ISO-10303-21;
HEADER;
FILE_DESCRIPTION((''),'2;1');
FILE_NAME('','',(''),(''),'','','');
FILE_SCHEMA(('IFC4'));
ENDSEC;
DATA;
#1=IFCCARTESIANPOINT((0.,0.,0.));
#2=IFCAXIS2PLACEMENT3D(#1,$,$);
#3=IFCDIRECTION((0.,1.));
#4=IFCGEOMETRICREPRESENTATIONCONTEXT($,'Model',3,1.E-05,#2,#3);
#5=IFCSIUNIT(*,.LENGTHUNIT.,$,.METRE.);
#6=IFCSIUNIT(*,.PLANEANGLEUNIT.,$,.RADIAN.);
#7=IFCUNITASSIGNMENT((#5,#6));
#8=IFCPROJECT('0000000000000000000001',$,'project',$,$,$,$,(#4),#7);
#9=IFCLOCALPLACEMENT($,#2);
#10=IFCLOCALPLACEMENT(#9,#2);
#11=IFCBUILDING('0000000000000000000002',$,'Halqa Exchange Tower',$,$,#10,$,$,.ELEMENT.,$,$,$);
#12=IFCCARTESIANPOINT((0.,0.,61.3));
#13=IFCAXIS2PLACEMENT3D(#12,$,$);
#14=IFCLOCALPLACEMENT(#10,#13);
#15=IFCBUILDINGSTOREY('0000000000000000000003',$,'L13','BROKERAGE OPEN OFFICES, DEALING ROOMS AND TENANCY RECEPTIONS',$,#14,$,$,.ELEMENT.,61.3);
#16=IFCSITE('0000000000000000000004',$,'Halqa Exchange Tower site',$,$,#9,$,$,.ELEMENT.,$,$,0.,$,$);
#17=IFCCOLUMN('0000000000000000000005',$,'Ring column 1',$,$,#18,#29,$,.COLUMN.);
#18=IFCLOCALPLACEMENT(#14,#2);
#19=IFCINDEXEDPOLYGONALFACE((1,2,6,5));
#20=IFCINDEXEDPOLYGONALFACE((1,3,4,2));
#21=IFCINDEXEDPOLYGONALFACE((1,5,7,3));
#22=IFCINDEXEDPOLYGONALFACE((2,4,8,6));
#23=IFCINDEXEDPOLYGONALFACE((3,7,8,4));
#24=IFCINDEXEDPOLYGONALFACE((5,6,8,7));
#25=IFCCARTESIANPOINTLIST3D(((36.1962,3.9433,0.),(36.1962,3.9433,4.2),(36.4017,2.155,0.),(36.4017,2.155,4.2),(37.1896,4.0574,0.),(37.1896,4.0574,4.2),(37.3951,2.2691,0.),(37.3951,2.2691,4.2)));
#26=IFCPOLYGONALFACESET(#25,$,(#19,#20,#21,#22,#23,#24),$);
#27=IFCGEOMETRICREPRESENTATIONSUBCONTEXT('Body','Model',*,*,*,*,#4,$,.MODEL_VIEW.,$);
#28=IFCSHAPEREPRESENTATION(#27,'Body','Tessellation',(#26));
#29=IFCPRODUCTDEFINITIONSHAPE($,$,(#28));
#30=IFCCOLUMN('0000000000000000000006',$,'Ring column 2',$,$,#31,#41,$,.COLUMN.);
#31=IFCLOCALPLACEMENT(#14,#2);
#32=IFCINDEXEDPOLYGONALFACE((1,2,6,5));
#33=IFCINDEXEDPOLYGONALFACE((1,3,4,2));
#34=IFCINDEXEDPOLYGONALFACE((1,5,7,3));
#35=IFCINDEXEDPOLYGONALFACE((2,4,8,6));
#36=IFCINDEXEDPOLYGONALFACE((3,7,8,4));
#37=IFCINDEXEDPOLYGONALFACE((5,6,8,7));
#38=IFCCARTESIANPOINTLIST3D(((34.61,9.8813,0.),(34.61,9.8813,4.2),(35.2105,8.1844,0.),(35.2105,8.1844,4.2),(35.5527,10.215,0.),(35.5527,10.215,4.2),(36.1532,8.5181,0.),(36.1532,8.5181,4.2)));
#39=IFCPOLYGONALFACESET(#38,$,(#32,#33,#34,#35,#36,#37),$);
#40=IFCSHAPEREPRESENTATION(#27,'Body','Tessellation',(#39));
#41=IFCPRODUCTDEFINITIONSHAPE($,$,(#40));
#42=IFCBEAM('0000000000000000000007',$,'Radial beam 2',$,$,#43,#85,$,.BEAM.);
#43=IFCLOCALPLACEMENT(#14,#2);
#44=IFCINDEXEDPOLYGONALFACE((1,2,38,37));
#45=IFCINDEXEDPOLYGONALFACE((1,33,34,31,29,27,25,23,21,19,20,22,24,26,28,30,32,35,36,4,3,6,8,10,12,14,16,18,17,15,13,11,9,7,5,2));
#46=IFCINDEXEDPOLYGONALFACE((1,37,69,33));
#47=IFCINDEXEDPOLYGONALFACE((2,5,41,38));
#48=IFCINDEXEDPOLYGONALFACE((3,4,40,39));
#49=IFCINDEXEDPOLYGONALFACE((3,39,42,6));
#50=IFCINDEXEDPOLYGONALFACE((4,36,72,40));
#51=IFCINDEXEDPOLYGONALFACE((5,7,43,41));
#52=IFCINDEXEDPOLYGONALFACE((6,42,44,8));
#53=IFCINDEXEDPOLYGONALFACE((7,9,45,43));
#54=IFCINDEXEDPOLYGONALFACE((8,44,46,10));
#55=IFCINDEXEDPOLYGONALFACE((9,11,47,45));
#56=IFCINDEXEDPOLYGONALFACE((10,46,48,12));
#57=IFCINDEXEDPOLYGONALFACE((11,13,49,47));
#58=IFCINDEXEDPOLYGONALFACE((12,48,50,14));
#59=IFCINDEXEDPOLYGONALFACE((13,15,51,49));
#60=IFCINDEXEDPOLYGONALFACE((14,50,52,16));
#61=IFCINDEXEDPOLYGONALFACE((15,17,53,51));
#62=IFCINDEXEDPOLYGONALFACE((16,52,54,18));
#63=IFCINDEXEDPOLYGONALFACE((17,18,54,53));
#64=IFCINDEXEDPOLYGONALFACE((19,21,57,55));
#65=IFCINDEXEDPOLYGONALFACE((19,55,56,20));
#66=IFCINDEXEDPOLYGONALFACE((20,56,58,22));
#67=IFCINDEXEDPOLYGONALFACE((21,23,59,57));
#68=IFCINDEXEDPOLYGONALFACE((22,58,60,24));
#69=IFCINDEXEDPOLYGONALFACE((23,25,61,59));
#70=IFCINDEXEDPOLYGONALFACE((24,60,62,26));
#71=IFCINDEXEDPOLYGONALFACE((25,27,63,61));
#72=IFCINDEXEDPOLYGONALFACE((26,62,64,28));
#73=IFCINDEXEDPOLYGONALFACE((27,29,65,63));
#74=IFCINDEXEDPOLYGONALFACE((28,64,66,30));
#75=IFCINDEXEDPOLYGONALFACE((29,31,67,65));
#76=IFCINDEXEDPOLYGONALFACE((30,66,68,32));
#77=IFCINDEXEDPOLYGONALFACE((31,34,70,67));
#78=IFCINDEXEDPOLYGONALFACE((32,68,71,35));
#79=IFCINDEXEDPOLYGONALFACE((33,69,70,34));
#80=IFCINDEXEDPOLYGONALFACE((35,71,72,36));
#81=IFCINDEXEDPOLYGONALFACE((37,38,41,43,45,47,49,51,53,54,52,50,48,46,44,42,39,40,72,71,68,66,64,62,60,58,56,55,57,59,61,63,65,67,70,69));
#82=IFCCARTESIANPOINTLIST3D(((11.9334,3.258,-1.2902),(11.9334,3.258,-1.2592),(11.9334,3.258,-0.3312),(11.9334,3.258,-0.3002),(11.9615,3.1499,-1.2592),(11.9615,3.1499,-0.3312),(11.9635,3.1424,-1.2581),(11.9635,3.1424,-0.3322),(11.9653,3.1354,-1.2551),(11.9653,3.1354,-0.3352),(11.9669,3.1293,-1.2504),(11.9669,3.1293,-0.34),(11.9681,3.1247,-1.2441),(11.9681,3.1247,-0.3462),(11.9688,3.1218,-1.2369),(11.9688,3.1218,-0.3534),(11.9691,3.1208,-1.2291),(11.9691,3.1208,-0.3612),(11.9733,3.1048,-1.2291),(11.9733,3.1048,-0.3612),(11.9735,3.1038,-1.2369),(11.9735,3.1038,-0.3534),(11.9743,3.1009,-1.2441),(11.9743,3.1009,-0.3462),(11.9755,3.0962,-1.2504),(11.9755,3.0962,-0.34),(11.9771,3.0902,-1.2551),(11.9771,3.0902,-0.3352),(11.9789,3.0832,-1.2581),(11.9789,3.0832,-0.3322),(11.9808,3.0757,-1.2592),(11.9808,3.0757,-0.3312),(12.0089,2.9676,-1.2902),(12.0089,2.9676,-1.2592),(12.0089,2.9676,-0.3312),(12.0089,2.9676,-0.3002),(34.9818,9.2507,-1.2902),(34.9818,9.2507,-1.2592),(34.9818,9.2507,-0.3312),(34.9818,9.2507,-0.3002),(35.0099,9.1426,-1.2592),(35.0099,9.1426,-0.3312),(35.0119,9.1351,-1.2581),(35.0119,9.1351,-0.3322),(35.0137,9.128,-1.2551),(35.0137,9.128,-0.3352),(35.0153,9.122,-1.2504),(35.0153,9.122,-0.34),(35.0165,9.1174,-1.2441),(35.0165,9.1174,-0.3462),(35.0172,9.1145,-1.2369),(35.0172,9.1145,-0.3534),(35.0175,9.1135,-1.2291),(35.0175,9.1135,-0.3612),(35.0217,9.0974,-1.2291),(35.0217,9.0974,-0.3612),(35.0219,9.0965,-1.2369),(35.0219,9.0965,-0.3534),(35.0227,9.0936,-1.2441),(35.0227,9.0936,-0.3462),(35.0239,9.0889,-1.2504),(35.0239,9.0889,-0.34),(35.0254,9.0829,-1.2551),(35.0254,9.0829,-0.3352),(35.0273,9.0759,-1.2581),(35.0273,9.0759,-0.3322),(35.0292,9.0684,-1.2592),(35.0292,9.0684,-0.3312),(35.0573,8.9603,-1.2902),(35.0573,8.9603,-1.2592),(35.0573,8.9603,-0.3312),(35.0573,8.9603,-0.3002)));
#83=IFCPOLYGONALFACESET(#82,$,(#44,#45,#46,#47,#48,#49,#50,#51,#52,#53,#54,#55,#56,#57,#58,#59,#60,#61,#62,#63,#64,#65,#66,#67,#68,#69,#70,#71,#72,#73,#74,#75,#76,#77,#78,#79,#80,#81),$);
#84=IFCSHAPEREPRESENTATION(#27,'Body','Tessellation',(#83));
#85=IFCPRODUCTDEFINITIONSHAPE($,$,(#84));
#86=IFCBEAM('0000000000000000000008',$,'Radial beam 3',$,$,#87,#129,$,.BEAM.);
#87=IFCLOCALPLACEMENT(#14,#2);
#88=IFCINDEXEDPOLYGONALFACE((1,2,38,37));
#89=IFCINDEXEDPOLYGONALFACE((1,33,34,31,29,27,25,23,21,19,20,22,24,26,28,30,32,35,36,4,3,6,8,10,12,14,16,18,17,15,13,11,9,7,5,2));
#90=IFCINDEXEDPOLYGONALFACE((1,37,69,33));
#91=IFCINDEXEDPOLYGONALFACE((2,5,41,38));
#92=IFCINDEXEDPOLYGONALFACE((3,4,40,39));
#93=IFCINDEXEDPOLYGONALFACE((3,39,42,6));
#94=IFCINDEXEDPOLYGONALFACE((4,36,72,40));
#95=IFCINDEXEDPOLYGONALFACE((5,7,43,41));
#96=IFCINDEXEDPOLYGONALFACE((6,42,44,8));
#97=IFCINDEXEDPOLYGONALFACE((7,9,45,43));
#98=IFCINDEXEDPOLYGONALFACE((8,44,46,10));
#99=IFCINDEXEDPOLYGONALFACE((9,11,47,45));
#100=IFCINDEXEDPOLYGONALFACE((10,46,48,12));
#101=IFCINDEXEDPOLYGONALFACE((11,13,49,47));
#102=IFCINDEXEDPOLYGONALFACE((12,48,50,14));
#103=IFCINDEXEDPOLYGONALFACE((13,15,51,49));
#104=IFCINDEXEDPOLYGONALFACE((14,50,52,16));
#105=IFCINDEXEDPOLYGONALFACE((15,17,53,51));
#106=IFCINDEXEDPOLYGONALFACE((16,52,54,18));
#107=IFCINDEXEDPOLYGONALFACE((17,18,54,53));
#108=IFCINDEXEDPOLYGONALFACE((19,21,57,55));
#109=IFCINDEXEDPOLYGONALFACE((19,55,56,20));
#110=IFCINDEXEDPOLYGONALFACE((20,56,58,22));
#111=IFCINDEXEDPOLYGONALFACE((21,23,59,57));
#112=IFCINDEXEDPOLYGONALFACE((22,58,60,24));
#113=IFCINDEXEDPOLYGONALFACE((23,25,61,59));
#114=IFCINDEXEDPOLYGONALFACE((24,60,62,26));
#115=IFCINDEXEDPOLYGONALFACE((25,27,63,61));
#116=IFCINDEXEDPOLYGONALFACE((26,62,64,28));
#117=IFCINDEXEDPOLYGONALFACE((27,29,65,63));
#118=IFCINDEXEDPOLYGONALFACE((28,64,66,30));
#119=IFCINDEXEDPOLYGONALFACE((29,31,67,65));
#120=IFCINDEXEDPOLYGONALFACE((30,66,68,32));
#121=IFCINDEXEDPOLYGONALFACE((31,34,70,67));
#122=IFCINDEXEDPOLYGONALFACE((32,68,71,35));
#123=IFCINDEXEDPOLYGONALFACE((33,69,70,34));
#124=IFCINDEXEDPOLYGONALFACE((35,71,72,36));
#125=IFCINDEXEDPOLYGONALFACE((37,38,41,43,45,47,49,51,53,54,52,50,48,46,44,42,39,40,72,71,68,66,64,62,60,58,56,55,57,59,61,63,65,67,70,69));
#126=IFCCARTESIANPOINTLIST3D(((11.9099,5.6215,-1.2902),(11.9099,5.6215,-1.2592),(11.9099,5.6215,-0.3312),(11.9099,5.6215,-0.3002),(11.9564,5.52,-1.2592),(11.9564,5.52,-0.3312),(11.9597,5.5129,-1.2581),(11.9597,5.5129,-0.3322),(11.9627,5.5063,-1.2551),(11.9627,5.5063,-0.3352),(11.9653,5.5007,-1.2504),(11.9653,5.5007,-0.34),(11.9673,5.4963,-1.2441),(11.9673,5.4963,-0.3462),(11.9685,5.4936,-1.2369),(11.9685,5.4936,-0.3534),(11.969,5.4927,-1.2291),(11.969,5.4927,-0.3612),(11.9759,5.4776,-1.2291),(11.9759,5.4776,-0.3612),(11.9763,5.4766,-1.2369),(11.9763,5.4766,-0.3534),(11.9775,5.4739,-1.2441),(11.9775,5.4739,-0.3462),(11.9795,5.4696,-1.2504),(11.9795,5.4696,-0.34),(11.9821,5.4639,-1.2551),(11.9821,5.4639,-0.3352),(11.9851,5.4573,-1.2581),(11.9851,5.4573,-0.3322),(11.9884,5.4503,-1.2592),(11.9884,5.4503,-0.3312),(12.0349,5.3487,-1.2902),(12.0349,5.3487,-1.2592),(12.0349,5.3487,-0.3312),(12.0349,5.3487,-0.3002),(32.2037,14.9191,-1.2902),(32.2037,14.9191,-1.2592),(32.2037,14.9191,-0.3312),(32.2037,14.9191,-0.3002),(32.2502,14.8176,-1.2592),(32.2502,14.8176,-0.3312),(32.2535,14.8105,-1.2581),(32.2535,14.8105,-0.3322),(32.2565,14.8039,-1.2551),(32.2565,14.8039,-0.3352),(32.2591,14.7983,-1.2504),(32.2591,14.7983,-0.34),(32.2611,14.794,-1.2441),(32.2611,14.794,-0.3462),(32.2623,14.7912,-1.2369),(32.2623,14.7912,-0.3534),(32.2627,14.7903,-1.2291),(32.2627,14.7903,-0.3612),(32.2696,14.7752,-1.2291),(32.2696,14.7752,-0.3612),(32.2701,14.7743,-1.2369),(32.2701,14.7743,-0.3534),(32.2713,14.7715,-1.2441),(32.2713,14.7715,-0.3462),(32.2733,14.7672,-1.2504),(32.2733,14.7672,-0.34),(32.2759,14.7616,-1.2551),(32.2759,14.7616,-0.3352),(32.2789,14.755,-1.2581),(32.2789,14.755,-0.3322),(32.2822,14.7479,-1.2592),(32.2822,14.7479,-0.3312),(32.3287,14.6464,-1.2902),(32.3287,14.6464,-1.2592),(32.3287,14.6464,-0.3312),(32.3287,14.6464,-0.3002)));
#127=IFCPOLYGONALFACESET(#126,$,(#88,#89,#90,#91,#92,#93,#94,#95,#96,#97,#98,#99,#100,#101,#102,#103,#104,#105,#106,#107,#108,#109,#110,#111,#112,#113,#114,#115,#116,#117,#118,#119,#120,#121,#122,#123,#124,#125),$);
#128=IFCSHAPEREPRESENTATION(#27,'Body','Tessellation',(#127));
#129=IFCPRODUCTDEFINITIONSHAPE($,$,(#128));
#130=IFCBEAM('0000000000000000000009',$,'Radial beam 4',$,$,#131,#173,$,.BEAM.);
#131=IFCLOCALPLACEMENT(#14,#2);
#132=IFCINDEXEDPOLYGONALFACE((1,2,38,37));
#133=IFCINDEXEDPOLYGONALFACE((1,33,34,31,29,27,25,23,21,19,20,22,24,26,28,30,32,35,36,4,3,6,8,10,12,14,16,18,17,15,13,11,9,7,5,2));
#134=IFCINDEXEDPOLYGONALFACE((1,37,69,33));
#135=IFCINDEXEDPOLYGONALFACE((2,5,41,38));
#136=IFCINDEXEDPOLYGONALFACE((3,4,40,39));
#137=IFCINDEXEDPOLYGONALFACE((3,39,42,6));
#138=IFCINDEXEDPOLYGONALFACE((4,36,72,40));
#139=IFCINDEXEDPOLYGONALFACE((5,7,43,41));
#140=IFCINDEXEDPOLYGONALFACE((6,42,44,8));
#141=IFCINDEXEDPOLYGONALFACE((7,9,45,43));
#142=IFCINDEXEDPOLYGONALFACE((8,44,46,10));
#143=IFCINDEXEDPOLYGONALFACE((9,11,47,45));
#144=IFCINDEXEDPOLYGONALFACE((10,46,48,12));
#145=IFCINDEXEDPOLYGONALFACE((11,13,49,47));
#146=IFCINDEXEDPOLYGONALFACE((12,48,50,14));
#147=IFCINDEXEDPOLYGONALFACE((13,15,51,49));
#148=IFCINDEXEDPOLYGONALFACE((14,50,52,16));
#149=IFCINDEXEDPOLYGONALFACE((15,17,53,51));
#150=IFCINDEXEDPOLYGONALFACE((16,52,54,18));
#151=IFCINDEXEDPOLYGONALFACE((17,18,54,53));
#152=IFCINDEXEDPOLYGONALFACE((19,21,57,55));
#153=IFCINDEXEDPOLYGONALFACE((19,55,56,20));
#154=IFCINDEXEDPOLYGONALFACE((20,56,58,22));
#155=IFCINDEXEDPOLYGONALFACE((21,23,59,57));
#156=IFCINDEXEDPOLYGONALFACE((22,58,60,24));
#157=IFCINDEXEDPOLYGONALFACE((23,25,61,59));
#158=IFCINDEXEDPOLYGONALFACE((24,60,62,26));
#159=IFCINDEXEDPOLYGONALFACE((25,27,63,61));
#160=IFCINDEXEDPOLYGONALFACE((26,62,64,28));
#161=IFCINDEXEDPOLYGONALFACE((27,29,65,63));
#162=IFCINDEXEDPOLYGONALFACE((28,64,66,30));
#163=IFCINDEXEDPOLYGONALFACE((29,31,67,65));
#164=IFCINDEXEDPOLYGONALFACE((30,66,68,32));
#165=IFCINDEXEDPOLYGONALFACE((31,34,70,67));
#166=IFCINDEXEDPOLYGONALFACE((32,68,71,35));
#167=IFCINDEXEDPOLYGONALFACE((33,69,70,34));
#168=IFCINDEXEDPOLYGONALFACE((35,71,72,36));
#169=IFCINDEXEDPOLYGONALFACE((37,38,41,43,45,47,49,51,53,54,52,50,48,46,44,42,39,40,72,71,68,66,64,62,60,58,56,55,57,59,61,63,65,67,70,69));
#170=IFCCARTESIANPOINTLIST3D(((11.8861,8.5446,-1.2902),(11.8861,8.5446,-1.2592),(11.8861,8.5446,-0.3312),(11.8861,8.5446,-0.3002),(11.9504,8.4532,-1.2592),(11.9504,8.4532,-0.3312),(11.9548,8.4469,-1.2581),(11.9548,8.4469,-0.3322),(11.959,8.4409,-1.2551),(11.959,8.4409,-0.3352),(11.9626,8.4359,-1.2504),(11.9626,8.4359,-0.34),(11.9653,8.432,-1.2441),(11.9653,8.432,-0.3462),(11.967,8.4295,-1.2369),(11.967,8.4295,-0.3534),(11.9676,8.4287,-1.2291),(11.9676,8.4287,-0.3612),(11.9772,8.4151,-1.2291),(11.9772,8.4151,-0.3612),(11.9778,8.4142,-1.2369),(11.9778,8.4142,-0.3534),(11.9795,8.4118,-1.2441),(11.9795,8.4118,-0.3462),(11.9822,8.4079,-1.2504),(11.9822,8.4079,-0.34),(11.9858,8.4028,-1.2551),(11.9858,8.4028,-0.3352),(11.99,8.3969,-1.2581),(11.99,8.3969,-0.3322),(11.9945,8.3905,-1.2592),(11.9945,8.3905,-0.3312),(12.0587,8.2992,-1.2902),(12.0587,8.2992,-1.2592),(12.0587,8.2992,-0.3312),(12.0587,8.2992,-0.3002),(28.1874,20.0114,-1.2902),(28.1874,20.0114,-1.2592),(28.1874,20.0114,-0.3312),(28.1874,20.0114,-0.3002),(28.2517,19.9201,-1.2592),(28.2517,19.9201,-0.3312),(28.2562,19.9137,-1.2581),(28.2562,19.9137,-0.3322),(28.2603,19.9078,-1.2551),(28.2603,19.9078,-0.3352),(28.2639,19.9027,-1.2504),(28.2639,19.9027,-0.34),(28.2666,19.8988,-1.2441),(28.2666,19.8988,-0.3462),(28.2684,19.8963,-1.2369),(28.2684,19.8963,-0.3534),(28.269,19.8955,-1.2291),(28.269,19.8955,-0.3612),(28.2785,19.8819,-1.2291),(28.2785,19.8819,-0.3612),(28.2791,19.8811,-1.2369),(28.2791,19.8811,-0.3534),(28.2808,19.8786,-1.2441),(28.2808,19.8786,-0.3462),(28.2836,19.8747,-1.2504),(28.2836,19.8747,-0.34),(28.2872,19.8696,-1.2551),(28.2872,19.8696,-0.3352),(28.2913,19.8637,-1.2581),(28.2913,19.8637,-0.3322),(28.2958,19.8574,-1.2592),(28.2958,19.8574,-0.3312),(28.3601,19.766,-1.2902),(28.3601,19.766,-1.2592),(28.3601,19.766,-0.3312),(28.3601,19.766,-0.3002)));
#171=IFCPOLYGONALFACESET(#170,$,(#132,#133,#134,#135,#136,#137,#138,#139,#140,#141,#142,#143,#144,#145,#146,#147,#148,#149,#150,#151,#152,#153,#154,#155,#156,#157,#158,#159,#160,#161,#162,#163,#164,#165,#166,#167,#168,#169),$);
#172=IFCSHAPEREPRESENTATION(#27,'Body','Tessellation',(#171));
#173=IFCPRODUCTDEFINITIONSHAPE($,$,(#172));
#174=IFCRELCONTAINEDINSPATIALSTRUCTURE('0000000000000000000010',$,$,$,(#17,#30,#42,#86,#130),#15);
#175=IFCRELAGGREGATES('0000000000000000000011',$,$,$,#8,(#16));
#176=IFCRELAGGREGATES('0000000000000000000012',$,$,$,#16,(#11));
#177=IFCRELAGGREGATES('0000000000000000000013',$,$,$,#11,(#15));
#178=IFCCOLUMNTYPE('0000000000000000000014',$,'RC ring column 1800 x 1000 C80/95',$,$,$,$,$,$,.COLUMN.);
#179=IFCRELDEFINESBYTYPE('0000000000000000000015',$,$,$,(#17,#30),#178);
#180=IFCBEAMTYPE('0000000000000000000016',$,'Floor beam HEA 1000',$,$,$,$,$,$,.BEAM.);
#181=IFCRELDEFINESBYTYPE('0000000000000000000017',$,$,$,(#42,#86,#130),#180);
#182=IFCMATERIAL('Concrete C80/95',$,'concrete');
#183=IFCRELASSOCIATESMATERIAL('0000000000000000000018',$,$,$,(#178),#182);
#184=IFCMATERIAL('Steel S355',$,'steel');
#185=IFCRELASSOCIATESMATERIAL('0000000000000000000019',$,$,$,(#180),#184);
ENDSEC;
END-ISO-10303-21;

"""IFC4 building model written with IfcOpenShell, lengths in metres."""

from ifc_helpers import new_model, si_unit, direction, frame, origin, origin_2d, place, context, subcontext, project, spatial, rectangle, i_section, extrude, material, material_profile, profile_set, type_object, element, save


model = new_model("IFC4")

# Units and contexts
model_context = context("Model", 3, precision=1e-05, world=origin(), true_north=direction((0.0, 1.0)))
body_context = subcontext(model_context, "Body", "Model", "MODEL_VIEW")
ifc_project = project(units=[si_unit("LENGTHUNIT", "METRE"), si_unit("PLANEANGLEUNIT", "RADIAN")], contexts=[model_context])

# Site, building, storey
site_placement = place(None, origin())
site = spatial("IfcSite", under=ifc_project, at=site_placement, Name="Halqa Exchange Tower site", CompositionType="ELEMENT", RefElevation=0.0)
building_placement = place(site_placement, origin())
building = spatial("IfcBuilding", under=site, at=building_placement, Name="Halqa Exchange Tower", CompositionType="ELEMENT")
storey_placement = place(building_placement, frame((0.0, 0.0, 61.3)))
storey = spatial("IfcBuildingStorey", under=building, at=storey_placement, Name="L13", Description="BROKERAGE OPEN OFFICES, DEALING ROOMS AND TENANCY RECEPTIONS", CompositionType="ELEMENT", Elevation=61.3)

# Columns
ifc_material_1 = material(Name="Concrete C80/95", Category="concrete")
ifc_material_profile_1 = material_profile(ifc_material_1, rectangle(XDim=1.8, YDim=1.0, at=origin_2d()), Name="1800 x 1000")
ifc_profile_set_1 = profile_set([ifc_material_profile_1], Name="Concrete C80/95")
column_type = type_object("IfcColumnType", Name="RC ring column 1800 x 1000 C80/95", PredefinedType="COLUMN", material=ifc_profile_set_1)
for number, where, z_axis, x_axis, name in (
    (1, (36.7957, 3.1062, 0.0), (0.0, 0.0, 1.0), (-0.11416, 0.993462, 0.0), "Ring column 1"),
    (2, (35.3816, 9.1997, 0.0), (0.0, 0.0, 1.0), (-0.333629, 0.942704, 0.0), "Ring column 2"),
):
    element("IfcColumn", number, at=place(storey_placement, frame(where, z_axis=z_axis, x_axis=x_axis)), inside=storey, type_object=column_type, Name=name, PredefinedType="COLUMN", context=body_context, shape_type="SweptSolid", body=[
        extrude(rectangle(XDim=1.8, YDim=1.0, at=origin_2d()), origin(), (0.0, 0.0, 1.0), 4.2),
    ])

# Beams
ifc_material_2 = material(Name="Steel S355", Category="steel")
ifc_material_profile_2 = material_profile(ifc_material_2, i_section(OverallWidth=0.3, OverallDepth=0.99, WebThickness=0.0166, FlangeThickness=0.031, FilletRadius=0.03, at=origin_2d()), Name="HEA 1000")
ifc_profile_set_2 = profile_set([ifc_material_profile_2], Name="Steel S355")
beam_type_1 = type_object("IfcBeamType", Name="Floor beam HEA 1000", PredefinedType="BEAM", material=ifc_profile_set_2)
beam_1_placement = place(storey_placement, frame((11.9712, 3.1128, -0.7952), z_axis=(0.967821, 0.251638, 0.0), x_axis=(-0.251638, 0.967821, 0.0)))
element("IfcBeam", 3, at=beam_1_placement, inside=storey, type_object=beam_type_1, Name="Radial beam 2", PredefinedType="BEAM", context=body_context, shape_type="SweptSolid", body=[
    extrude(i_section(OverallWidth=0.3, OverallDepth=0.99, WebThickness=0.0166, FlangeThickness=0.031, FilletRadius=0.03, at=origin_2d()), origin(), (0.0, 0.0, 1.0), 23.8147),
])
beam_2_placement = place(storey_placement, frame((11.9724, 5.4851, -0.7952), z_axis=(0.909127, 0.416519, 0.0), x_axis=(-0.416519, 0.909127, 0.0)))
element("IfcBeam", 4, at=beam_2_placement, inside=storey, type_object=beam_type_1, Name="Radial beam 3", PredefinedType="BEAM", context=body_context, shape_type="SweptSolid", body=[
    extrude(i_section(OverallWidth=0.3, OverallDepth=0.99, WebThickness=0.0166, FlangeThickness=0.031, FilletRadius=0.03, at=origin_2d()), origin(), (0.0, 0.0, 1.0), 22.3223),
])
beam_3_placement = place(storey_placement, frame((11.9724, 8.4219, -0.7952), z_axis=(0.817912, 0.575344, 0.0), x_axis=(-0.575344, 0.817912, 0.0)))
element("IfcBeam", 5, at=beam_3_placement, inside=storey, type_object=beam_type_1, Name="Radial beam 4", PredefinedType="BEAM", context=body_context, shape_type="SweptSolid", body=[
    extrude(i_section(OverallWidth=0.3, OverallDepth=0.99, WebThickness=0.0166, FlangeThickness=0.031, FilletRadius=0.03, at=origin_2d()), origin(), (0.0, 0.0, 1.0), 19.9304),
])

save(model, "model.ifc")
